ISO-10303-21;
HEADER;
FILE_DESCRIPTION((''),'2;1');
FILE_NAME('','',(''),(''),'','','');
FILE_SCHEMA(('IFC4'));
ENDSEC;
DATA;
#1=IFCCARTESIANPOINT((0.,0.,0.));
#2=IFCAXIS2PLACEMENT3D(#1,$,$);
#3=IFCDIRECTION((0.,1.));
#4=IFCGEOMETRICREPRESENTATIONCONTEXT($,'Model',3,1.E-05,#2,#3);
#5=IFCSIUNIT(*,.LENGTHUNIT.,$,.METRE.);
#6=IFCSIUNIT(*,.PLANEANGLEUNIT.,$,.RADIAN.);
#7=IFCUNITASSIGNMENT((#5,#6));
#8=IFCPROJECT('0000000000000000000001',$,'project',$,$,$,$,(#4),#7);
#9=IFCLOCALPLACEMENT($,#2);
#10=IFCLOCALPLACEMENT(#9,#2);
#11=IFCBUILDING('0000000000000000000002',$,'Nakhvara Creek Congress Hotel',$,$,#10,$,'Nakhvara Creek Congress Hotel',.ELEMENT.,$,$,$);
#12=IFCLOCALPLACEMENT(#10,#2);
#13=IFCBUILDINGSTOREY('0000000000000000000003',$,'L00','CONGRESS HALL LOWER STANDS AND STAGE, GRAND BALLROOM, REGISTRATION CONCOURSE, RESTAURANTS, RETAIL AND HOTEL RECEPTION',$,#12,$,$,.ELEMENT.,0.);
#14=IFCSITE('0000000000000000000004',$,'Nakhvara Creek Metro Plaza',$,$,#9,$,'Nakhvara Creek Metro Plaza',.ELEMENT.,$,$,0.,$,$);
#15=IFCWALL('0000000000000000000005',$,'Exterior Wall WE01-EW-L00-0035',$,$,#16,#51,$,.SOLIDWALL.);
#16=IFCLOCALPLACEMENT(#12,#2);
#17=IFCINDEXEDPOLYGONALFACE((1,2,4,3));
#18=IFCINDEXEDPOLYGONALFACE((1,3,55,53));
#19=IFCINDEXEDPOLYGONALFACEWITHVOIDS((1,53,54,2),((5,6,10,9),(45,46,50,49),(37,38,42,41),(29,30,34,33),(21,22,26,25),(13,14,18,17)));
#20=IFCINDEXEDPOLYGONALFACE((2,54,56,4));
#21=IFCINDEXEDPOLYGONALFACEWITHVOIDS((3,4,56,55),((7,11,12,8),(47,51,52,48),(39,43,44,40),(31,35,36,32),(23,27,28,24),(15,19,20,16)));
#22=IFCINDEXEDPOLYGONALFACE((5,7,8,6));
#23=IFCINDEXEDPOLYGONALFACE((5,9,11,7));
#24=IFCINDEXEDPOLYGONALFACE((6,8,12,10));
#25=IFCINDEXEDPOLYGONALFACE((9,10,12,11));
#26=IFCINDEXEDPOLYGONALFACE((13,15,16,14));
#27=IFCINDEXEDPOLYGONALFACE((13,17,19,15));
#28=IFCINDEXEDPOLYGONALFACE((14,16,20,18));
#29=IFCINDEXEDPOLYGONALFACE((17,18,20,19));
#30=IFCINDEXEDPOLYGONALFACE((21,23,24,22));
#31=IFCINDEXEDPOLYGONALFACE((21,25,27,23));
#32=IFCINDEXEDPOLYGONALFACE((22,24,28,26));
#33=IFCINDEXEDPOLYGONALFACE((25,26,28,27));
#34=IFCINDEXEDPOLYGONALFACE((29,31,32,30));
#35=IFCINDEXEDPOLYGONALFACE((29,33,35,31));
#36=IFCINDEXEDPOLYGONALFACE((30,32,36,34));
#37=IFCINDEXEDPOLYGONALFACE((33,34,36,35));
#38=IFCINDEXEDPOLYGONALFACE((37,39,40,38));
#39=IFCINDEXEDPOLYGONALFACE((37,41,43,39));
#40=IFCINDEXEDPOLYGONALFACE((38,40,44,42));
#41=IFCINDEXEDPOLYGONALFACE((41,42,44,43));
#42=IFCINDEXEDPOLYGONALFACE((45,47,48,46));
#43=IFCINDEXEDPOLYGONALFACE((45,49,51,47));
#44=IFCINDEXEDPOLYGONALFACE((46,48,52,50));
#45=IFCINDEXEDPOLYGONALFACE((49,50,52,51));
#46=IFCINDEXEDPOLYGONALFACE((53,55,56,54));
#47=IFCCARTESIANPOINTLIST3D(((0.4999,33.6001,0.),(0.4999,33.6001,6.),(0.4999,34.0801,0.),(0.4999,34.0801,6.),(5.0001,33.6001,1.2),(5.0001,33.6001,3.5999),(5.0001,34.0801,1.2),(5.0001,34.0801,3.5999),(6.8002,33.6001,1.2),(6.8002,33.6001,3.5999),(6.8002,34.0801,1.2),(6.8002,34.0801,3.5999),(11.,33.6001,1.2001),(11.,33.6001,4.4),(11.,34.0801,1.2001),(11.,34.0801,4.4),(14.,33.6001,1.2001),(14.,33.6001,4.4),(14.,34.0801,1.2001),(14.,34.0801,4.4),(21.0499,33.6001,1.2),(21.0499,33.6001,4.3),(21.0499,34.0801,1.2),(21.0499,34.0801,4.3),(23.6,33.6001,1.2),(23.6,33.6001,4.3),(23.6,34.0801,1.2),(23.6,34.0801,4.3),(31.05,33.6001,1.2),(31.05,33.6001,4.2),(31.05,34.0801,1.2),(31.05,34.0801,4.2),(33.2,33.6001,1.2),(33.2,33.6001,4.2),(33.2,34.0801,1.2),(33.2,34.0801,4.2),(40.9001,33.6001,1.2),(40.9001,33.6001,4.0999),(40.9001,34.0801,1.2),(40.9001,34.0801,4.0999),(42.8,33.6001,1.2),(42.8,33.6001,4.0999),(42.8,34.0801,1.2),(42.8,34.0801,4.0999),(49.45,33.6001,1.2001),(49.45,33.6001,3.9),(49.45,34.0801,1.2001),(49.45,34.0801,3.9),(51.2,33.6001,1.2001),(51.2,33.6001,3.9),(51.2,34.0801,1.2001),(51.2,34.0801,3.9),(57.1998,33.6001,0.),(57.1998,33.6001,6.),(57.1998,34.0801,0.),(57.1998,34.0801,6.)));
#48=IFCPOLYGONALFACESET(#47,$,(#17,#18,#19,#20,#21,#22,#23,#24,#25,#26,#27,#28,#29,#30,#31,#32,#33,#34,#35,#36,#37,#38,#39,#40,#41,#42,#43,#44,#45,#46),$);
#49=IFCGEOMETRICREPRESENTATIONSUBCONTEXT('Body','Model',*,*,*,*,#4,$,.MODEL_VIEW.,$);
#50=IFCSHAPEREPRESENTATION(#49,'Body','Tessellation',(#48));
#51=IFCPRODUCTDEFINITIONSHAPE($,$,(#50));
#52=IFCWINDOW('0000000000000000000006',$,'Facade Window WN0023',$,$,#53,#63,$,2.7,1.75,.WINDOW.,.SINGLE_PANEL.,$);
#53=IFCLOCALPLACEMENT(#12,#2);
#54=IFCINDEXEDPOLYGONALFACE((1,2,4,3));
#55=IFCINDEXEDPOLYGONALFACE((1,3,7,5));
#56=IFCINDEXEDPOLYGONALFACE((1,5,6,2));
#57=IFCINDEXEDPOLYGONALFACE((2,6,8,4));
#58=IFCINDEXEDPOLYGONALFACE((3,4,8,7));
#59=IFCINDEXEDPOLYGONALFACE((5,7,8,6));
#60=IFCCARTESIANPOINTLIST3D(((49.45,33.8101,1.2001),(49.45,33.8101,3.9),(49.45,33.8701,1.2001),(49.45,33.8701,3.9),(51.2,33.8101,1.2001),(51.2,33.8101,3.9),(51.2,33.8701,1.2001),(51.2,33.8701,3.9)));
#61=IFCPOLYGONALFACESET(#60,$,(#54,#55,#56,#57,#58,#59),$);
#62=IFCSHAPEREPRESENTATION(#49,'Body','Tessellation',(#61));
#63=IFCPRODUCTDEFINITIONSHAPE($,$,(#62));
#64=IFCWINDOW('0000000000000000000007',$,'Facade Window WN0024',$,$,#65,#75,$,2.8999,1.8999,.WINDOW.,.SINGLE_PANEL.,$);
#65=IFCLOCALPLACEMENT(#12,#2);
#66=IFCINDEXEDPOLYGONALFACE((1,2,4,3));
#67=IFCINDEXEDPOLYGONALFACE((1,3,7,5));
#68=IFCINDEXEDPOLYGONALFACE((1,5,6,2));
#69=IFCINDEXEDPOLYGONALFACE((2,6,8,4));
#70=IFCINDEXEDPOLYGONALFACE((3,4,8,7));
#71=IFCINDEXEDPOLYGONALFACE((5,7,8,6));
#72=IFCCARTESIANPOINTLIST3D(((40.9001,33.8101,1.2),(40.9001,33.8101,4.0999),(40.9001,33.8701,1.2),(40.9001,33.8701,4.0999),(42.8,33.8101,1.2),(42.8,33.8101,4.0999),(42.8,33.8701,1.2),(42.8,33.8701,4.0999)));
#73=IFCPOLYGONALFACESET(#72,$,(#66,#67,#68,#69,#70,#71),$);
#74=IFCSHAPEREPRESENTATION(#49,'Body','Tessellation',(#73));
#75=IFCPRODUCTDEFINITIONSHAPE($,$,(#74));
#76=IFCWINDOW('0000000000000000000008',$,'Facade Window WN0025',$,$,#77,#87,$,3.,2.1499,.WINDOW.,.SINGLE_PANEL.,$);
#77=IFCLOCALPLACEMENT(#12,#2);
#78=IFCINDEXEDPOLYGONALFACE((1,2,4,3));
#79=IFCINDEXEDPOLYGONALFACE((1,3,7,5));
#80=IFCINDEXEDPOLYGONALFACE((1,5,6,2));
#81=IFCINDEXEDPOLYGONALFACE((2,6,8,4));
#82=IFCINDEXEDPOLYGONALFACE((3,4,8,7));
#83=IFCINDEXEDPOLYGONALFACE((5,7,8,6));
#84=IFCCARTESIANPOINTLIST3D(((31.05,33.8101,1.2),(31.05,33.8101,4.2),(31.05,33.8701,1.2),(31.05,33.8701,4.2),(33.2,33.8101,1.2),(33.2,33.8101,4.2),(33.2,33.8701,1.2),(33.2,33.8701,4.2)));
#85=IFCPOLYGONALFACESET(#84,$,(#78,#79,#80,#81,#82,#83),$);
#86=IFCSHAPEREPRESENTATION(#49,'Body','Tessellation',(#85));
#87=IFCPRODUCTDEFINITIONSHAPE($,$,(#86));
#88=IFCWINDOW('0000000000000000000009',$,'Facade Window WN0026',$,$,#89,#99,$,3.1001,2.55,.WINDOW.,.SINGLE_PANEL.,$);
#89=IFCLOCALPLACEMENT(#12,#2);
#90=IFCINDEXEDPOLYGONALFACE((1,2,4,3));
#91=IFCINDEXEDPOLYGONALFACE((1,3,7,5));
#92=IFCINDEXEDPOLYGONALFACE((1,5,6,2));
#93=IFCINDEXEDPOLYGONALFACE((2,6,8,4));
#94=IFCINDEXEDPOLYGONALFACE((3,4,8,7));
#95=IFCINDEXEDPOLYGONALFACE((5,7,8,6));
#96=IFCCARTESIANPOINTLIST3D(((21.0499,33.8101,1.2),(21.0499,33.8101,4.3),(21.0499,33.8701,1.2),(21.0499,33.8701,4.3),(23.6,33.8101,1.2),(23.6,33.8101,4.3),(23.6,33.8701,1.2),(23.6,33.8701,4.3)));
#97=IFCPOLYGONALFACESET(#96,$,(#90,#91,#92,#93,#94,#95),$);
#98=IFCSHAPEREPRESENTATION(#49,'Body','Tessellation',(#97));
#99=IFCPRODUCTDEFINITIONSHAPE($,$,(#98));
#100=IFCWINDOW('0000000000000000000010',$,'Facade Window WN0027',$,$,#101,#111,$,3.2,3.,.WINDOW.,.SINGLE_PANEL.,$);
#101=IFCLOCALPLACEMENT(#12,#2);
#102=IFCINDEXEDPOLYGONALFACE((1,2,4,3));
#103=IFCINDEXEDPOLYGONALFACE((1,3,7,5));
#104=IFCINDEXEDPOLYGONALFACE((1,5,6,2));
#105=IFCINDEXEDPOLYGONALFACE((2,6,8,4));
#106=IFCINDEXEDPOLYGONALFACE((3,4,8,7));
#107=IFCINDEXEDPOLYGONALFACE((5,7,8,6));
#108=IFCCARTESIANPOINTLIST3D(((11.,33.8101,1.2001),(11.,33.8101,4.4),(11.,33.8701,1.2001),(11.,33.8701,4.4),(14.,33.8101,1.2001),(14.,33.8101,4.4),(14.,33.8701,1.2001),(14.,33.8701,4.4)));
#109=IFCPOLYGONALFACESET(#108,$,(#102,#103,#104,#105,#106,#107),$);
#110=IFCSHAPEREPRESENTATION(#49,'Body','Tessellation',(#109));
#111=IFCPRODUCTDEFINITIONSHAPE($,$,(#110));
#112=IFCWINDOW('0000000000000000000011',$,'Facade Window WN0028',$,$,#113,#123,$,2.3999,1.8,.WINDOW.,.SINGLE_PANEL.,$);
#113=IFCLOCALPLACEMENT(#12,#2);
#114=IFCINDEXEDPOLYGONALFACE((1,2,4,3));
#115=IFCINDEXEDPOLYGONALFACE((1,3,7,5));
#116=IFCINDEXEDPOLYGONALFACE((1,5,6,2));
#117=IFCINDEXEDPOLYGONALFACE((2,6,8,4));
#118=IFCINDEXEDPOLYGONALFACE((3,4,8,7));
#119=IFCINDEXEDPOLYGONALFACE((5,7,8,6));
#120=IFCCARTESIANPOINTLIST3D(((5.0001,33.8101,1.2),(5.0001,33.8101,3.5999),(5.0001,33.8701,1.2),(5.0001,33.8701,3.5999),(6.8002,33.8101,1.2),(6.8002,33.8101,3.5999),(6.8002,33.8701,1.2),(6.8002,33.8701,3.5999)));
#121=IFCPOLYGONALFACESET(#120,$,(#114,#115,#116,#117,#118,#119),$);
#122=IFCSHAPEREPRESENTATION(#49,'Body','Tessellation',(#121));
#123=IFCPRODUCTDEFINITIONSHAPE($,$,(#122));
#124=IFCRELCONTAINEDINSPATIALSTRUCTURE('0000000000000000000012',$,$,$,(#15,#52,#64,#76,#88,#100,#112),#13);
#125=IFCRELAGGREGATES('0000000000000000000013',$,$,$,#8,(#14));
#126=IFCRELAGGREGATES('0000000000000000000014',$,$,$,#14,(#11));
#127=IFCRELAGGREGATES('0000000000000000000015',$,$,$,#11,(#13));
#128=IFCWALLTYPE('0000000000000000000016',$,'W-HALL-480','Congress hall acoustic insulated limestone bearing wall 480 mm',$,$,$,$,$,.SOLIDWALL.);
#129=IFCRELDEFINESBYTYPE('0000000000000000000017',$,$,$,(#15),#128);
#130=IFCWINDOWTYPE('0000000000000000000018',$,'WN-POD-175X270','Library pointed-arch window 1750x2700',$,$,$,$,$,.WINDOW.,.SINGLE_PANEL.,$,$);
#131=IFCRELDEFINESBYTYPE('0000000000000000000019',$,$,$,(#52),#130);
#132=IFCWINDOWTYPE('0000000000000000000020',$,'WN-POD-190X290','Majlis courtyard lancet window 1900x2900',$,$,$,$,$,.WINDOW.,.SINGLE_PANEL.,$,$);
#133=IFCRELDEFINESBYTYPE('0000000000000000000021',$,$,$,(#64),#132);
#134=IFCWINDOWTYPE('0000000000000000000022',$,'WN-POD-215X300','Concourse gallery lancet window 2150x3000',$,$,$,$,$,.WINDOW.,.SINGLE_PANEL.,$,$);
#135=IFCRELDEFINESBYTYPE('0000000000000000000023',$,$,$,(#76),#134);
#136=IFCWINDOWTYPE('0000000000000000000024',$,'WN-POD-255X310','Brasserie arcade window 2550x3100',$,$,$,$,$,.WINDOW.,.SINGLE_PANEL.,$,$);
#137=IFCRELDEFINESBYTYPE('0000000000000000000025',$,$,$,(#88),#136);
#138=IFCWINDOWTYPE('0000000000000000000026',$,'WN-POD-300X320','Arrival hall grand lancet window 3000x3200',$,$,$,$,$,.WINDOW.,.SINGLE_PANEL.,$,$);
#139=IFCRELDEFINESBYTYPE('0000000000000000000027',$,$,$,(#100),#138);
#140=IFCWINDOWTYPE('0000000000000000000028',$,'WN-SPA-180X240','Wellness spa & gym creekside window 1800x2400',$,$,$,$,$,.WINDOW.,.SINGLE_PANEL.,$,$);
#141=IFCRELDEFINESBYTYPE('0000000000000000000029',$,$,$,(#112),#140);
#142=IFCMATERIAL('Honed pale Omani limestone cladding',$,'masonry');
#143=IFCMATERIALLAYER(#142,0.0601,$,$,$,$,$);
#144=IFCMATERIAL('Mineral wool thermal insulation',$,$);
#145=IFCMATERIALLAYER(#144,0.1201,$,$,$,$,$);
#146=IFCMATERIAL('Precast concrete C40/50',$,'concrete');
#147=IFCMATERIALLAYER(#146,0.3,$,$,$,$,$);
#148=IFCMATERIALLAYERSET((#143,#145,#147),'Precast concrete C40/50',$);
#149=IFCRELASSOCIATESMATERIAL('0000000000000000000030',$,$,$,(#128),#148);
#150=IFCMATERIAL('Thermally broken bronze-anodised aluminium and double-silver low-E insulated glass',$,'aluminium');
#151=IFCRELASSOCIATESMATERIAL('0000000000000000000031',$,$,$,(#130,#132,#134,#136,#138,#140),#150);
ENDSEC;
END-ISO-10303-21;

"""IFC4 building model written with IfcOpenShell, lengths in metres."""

from ifc_helpers import new_model, si_unit, direction, frame, frame_2d, origin, place, context, subcontext, project, spatial, rectangle, extrude, material, layer, layer_set, type_object, element, fill, save


model = new_model("IFC4")

# Units and contexts
model_context = context("Model", 3, precision=1e-05, world=origin(), true_north=direction((0.0, 1.0)))
body_context = subcontext(model_context, "Body", "Model", "MODEL_VIEW")
ifc_project = project(units=[si_unit("LENGTHUNIT", "METRE"), si_unit("PLANEANGLEUNIT", "RADIAN")], contexts=[model_context])

# Site, building, storey
site_placement = place(None, origin())
site = spatial("IfcSite", under=ifc_project, at=site_placement, Name="Nakhvara Creek Metro Plaza", LongName="Nakhvara Creek Metro Plaza", CompositionType="ELEMENT", RefElevation=0.0)
building_placement = place(site_placement, origin())
building = spatial("IfcBuilding", under=site, at=building_placement, Name="Nakhvara Creek Congress Hotel", LongName="Nakhvara Creek Congress Hotel", CompositionType="ELEMENT")
storey_placement = place(building_placement, origin())
storey = spatial("IfcBuildingStorey", under=building, at=storey_placement, Name="L00", Description="CONGRESS HALL LOWER STANDS AND STAGE, GRAND BALLROOM, REGISTRATION CONCOURSE, RESTAURANTS, RETAIL AND HOTEL RECEPTION", CompositionType="ELEMENT", Elevation=0.0)

# Wall, openings, windows
ifc_material_1 = material(Name="Honed pale Omani limestone cladding", Category="masonry")
ifc_layer_1 = layer(ifc_material_1, 0.0601)
ifc_material_2 = material(Name="Mineral wool thermal insulation")
ifc_layer_2 = layer(ifc_material_2, 0.1201)
ifc_material_3 = material(Name="Precast concrete C40/50", Category="concrete")
ifc_layer_3 = layer(ifc_material_3, 0.3)
ifc_layer_set_1 = layer_set([ifc_layer_1, ifc_layer_2, ifc_layer_3], Name="Precast concrete C40/50")
wall_type_1 = type_object("IfcWallType", Name="W-HALL-480", Description="Congress hall acoustic insulated limestone bearing wall 480 mm", PredefinedType="SOLIDWALL", material=ifc_layer_set_1)
wall_1_placement = place(storey_placement, frame((57.2, 33.8401, 0.0), z_axis=(0.0, 0.0, 1.0), x_axis=(-1.0, 0.0, 0.0)))
wall_1 = element("IfcWall", 1, at=wall_1_placement, inside=storey, type_object=wall_type_1, Name="Exterior Wall WE01-EW-L00-0035", PredefinedType="SOLIDWALL", context=body_context, shape_type="SweptSolid", body=[
    extrude(rectangle(XDim=56.7, YDim=0.48, at=frame_2d((28.3501, 0.0))), origin(), (0.0, 0.0, 1.0), 6.0),
])
opening_1_placement = place(wall_1_placement, frame((6.0, 0.0, 1.2)))
opening_1 = element("IfcOpeningElement", 2, at=opening_1_placement, cuts=wall_1, PredefinedType="OPENING", context=body_context, shape_type="SweptSolid", body=[
    extrude(rectangle(XDim=1.75, YDim=2.7, at=frame_2d((0.875, 1.3501))), frame((0.0, 0.252, 0.0), z_axis=(0.0, -1.0, 0.0), x_axis=(1.0, 0.0, 0.0)), (0.0, 0.0, 1.0), 0.5039),
])
opening_2_placement = place(wall_1_placement, frame((14.3999, 0.0, 1.2)))
opening_2 = element("IfcOpeningElement", 3, at=opening_2_placement, cuts=wall_1, PredefinedType="OPENING", context=body_context, shape_type="SweptSolid", body=[
    extrude(rectangle(XDim=1.8999, YDim=2.8999, at=frame_2d((0.95, 1.45))), frame((0.0, 0.252, 0.0), z_axis=(0.0, -1.0, 0.0), x_axis=(1.0, 0.0, 0.0)), (0.0, 0.0, 1.0), 0.5039),
])
opening_3_placement = place(wall_1_placement, frame((24.0, 0.0, 1.2)))
opening_3 = element("IfcOpeningElement", 4, at=opening_3_placement, cuts=wall_1, PredefinedType="OPENING", context=body_context, shape_type="SweptSolid", body=[
    extrude(rectangle(XDim=2.1499, YDim=3.0, at=frame_2d((1.075, 1.5))), frame((0.0, 0.252, 0.0), z_axis=(0.0, -1.0, 0.0), x_axis=(1.0, 0.0, 0.0)), (0.0, 0.0, 1.0), 0.5039),
])
opening_4_placement = place(wall_1_placement, frame((33.6001, 0.0, 1.2)))
opening_4 = element("IfcOpeningElement", 5, at=opening_4_placement, cuts=wall_1, PredefinedType="OPENING", context=body_context, shape_type="SweptSolid", body=[
    extrude(rectangle(XDim=2.55, YDim=3.1001, at=frame_2d((1.2749, 1.55))), frame((0.0, 0.252, 0.0), z_axis=(0.0, -1.0, 0.0), x_axis=(1.0, 0.0, 0.0)), (0.0, 0.0, 1.0), 0.5039),
])
opening_5_placement = place(wall_1_placement, frame((43.2, 0.0, 1.2)))
opening_5 = element("IfcOpeningElement", 6, at=opening_5_placement, cuts=wall_1, PredefinedType="OPENING", context=body_context, shape_type="SweptSolid", body=[
    extrude(rectangle(XDim=3.0, YDim=3.2, at=frame_2d((1.5, 1.6001))), frame((0.0, 0.252, 0.0), z_axis=(0.0, -1.0, 0.0), x_axis=(1.0, 0.0, 0.0)), (0.0, 0.0, 1.0), 0.5039),
])
opening_6_placement = place(wall_1_placement, frame((50.3999, 0.0, 1.2)))
opening_6 = element("IfcOpeningElement", 7, at=opening_6_placement, cuts=wall_1, PredefinedType="OPENING", context=body_context, shape_type="SweptSolid", body=[
    extrude(rectangle(XDim=1.8, YDim=2.3999, at=frame_2d((0.8999, 1.2))), frame((0.0, 0.252, 0.0), z_axis=(0.0, -1.0, 0.0), x_axis=(1.0, 0.0, 0.0)), (0.0, 0.0, 1.0), 0.5039),
])
ifc_material_4 = material(Name="Thermally broken bronze-anodised aluminium and double-silver low-E insulated glass", Category="aluminium")
window_type_1 = type_object("IfcWindowType", Name="WN-POD-175X270", Description="Library pointed-arch window 1750x2700", PartitioningType="SINGLE_PANEL", PredefinedType="WINDOW", material=ifc_material_4)
window_1_placement = place(opening_1_placement, origin())
window_1 = element("IfcWindow", 8, at=window_1_placement, inside=storey, type_object=window_type_1, Name="Facade Window WN0023", OverallHeight=2.7, OverallWidth=1.75, PartitioningType="SINGLE_PANEL", PredefinedType="WINDOW", context=body_context, shape_type="SweptSolid", body=[
    extrude(rectangle(XDim=1.75, YDim=2.7, at=frame_2d((0.875, 1.3501))), frame((0.0, 0.03, 0.0), z_axis=(0.0, -1.0, 0.0), x_axis=(1.0, 0.0, 0.0)), (0.0, 0.0, 1.0), 0.0601),
])
fill(opening_1, window_1)
window_type_2 = type_object("IfcWindowType", Name="WN-POD-190X290", Description="Majlis courtyard lancet window 1900x2900", PartitioningType="SINGLE_PANEL", PredefinedType="WINDOW", material=ifc_material_4)
window_2_placement = place(opening_2_placement, origin())
window_2 = element("IfcWindow", 9, at=window_2_placement, inside=storey, type_object=window_type_2, Name="Facade Window WN0024", OverallHeight=2.8999, OverallWidth=1.8999, PartitioningType="SINGLE_PANEL", PredefinedType="WINDOW", context=body_context, shape_type="SweptSolid", body=[
    extrude(rectangle(XDim=1.8999, YDim=2.8999, at=frame_2d((0.95, 1.45))), frame((0.0, 0.03, 0.0), z_axis=(0.0, -1.0, 0.0), x_axis=(1.0, 0.0, 0.0)), (0.0, 0.0, 1.0), 0.0601),
])
fill(opening_2, window_2)
window_type_3 = type_object("IfcWindowType", Name="WN-POD-215X300", Description="Concourse gallery lancet window 2150x3000", PartitioningType="SINGLE_PANEL", PredefinedType="WINDOW", material=ifc_material_4)
window_3_placement = place(opening_3_placement, origin())
window_3 = element("IfcWindow", 10, at=window_3_placement, inside=storey, type_object=window_type_3, Name="Facade Window WN0025", OverallHeight=3.0, OverallWidth=2.1499, PartitioningType="SINGLE_PANEL", PredefinedType="WINDOW", context=body_context, shape_type="SweptSolid", body=[
    extrude(rectangle(XDim=2.1499, YDim=3.0, at=frame_2d((1.075, 1.5))), frame((0.0, 0.03, 0.0), z_axis=(0.0, -1.0, 0.0), x_axis=(1.0, 0.0, 0.0)), (0.0, 0.0, 1.0), 0.0601),
])
fill(opening_3, window_3)
window_type_4 = type_object("IfcWindowType", Name="WN-POD-255X310", Description="Brasserie arcade window 2550x3100", PartitioningType="SINGLE_PANEL", PredefinedType="WINDOW", material=ifc_material_4)
window_4_placement = place(opening_4_placement, origin())
window_4 = element("IfcWindow", 11, at=window_4_placement, inside=storey, type_object=window_type_4, Name="Facade Window WN0026", OverallHeight=3.1001, OverallWidth=2.55, PartitioningType="SINGLE_PANEL", PredefinedType="WINDOW", context=body_context, shape_type="SweptSolid", body=[
    extrude(rectangle(XDim=2.55, YDim=3.1001, at=frame_2d((1.2749, 1.55))), frame((0.0, 0.03, 0.0), z_axis=(0.0, -1.0, 0.0), x_axis=(1.0, 0.0, 0.0)), (0.0, 0.0, 1.0), 0.0601),
])
fill(opening_4, window_4)
window_type_5 = type_object("IfcWindowType", Name="WN-POD-300X320", Description="Arrival hall grand lancet window 3000x3200", PartitioningType="SINGLE_PANEL", PredefinedType="WINDOW", material=ifc_material_4)
window_5_placement = place(opening_5_placement, origin())
window_5 = element("IfcWindow", 12, at=window_5_placement, inside=storey, type_object=window_type_5, Name="Facade Window WN0027", OverallHeight=3.2, OverallWidth=3.0, PartitioningType="SINGLE_PANEL", PredefinedType="WINDOW", context=body_context, shape_type="SweptSolid", body=[
    extrude(rectangle(XDim=3.0, YDim=3.2, at=frame_2d((1.5, 1.6001))), frame((0.0, 0.03, 0.0), z_axis=(0.0, -1.0, 0.0), x_axis=(1.0, 0.0, 0.0)), (0.0, 0.0, 1.0), 0.0601),
])
fill(opening_5, window_5)
window_type_6 = type_object("IfcWindowType", Name="WN-SPA-180X240", Description="Wellness spa & gym creekside window 1800x2400", PartitioningType="SINGLE_PANEL", PredefinedType="WINDOW", material=ifc_material_4)
window_6_placement = place(opening_6_placement, origin())
window_6 = element("IfcWindow", 13, at=window_6_placement, inside=storey, type_object=window_type_6, Name="Facade Window WN0028", OverallHeight=2.3999, OverallWidth=1.8, PartitioningType="SINGLE_PANEL", PredefinedType="WINDOW", context=body_context, shape_type="SweptSolid", body=[
    extrude(rectangle(XDim=1.8, YDim=2.3999, at=frame_2d((0.8999, 1.2))), frame((0.0, 0.03, 0.0), z_axis=(0.0, -1.0, 0.0), x_axis=(1.0, 0.0, 0.0)), (0.0, 0.0, 1.0), 0.0601),
])
fill(opening_6, window_6)

save(model, "model.ifc")
